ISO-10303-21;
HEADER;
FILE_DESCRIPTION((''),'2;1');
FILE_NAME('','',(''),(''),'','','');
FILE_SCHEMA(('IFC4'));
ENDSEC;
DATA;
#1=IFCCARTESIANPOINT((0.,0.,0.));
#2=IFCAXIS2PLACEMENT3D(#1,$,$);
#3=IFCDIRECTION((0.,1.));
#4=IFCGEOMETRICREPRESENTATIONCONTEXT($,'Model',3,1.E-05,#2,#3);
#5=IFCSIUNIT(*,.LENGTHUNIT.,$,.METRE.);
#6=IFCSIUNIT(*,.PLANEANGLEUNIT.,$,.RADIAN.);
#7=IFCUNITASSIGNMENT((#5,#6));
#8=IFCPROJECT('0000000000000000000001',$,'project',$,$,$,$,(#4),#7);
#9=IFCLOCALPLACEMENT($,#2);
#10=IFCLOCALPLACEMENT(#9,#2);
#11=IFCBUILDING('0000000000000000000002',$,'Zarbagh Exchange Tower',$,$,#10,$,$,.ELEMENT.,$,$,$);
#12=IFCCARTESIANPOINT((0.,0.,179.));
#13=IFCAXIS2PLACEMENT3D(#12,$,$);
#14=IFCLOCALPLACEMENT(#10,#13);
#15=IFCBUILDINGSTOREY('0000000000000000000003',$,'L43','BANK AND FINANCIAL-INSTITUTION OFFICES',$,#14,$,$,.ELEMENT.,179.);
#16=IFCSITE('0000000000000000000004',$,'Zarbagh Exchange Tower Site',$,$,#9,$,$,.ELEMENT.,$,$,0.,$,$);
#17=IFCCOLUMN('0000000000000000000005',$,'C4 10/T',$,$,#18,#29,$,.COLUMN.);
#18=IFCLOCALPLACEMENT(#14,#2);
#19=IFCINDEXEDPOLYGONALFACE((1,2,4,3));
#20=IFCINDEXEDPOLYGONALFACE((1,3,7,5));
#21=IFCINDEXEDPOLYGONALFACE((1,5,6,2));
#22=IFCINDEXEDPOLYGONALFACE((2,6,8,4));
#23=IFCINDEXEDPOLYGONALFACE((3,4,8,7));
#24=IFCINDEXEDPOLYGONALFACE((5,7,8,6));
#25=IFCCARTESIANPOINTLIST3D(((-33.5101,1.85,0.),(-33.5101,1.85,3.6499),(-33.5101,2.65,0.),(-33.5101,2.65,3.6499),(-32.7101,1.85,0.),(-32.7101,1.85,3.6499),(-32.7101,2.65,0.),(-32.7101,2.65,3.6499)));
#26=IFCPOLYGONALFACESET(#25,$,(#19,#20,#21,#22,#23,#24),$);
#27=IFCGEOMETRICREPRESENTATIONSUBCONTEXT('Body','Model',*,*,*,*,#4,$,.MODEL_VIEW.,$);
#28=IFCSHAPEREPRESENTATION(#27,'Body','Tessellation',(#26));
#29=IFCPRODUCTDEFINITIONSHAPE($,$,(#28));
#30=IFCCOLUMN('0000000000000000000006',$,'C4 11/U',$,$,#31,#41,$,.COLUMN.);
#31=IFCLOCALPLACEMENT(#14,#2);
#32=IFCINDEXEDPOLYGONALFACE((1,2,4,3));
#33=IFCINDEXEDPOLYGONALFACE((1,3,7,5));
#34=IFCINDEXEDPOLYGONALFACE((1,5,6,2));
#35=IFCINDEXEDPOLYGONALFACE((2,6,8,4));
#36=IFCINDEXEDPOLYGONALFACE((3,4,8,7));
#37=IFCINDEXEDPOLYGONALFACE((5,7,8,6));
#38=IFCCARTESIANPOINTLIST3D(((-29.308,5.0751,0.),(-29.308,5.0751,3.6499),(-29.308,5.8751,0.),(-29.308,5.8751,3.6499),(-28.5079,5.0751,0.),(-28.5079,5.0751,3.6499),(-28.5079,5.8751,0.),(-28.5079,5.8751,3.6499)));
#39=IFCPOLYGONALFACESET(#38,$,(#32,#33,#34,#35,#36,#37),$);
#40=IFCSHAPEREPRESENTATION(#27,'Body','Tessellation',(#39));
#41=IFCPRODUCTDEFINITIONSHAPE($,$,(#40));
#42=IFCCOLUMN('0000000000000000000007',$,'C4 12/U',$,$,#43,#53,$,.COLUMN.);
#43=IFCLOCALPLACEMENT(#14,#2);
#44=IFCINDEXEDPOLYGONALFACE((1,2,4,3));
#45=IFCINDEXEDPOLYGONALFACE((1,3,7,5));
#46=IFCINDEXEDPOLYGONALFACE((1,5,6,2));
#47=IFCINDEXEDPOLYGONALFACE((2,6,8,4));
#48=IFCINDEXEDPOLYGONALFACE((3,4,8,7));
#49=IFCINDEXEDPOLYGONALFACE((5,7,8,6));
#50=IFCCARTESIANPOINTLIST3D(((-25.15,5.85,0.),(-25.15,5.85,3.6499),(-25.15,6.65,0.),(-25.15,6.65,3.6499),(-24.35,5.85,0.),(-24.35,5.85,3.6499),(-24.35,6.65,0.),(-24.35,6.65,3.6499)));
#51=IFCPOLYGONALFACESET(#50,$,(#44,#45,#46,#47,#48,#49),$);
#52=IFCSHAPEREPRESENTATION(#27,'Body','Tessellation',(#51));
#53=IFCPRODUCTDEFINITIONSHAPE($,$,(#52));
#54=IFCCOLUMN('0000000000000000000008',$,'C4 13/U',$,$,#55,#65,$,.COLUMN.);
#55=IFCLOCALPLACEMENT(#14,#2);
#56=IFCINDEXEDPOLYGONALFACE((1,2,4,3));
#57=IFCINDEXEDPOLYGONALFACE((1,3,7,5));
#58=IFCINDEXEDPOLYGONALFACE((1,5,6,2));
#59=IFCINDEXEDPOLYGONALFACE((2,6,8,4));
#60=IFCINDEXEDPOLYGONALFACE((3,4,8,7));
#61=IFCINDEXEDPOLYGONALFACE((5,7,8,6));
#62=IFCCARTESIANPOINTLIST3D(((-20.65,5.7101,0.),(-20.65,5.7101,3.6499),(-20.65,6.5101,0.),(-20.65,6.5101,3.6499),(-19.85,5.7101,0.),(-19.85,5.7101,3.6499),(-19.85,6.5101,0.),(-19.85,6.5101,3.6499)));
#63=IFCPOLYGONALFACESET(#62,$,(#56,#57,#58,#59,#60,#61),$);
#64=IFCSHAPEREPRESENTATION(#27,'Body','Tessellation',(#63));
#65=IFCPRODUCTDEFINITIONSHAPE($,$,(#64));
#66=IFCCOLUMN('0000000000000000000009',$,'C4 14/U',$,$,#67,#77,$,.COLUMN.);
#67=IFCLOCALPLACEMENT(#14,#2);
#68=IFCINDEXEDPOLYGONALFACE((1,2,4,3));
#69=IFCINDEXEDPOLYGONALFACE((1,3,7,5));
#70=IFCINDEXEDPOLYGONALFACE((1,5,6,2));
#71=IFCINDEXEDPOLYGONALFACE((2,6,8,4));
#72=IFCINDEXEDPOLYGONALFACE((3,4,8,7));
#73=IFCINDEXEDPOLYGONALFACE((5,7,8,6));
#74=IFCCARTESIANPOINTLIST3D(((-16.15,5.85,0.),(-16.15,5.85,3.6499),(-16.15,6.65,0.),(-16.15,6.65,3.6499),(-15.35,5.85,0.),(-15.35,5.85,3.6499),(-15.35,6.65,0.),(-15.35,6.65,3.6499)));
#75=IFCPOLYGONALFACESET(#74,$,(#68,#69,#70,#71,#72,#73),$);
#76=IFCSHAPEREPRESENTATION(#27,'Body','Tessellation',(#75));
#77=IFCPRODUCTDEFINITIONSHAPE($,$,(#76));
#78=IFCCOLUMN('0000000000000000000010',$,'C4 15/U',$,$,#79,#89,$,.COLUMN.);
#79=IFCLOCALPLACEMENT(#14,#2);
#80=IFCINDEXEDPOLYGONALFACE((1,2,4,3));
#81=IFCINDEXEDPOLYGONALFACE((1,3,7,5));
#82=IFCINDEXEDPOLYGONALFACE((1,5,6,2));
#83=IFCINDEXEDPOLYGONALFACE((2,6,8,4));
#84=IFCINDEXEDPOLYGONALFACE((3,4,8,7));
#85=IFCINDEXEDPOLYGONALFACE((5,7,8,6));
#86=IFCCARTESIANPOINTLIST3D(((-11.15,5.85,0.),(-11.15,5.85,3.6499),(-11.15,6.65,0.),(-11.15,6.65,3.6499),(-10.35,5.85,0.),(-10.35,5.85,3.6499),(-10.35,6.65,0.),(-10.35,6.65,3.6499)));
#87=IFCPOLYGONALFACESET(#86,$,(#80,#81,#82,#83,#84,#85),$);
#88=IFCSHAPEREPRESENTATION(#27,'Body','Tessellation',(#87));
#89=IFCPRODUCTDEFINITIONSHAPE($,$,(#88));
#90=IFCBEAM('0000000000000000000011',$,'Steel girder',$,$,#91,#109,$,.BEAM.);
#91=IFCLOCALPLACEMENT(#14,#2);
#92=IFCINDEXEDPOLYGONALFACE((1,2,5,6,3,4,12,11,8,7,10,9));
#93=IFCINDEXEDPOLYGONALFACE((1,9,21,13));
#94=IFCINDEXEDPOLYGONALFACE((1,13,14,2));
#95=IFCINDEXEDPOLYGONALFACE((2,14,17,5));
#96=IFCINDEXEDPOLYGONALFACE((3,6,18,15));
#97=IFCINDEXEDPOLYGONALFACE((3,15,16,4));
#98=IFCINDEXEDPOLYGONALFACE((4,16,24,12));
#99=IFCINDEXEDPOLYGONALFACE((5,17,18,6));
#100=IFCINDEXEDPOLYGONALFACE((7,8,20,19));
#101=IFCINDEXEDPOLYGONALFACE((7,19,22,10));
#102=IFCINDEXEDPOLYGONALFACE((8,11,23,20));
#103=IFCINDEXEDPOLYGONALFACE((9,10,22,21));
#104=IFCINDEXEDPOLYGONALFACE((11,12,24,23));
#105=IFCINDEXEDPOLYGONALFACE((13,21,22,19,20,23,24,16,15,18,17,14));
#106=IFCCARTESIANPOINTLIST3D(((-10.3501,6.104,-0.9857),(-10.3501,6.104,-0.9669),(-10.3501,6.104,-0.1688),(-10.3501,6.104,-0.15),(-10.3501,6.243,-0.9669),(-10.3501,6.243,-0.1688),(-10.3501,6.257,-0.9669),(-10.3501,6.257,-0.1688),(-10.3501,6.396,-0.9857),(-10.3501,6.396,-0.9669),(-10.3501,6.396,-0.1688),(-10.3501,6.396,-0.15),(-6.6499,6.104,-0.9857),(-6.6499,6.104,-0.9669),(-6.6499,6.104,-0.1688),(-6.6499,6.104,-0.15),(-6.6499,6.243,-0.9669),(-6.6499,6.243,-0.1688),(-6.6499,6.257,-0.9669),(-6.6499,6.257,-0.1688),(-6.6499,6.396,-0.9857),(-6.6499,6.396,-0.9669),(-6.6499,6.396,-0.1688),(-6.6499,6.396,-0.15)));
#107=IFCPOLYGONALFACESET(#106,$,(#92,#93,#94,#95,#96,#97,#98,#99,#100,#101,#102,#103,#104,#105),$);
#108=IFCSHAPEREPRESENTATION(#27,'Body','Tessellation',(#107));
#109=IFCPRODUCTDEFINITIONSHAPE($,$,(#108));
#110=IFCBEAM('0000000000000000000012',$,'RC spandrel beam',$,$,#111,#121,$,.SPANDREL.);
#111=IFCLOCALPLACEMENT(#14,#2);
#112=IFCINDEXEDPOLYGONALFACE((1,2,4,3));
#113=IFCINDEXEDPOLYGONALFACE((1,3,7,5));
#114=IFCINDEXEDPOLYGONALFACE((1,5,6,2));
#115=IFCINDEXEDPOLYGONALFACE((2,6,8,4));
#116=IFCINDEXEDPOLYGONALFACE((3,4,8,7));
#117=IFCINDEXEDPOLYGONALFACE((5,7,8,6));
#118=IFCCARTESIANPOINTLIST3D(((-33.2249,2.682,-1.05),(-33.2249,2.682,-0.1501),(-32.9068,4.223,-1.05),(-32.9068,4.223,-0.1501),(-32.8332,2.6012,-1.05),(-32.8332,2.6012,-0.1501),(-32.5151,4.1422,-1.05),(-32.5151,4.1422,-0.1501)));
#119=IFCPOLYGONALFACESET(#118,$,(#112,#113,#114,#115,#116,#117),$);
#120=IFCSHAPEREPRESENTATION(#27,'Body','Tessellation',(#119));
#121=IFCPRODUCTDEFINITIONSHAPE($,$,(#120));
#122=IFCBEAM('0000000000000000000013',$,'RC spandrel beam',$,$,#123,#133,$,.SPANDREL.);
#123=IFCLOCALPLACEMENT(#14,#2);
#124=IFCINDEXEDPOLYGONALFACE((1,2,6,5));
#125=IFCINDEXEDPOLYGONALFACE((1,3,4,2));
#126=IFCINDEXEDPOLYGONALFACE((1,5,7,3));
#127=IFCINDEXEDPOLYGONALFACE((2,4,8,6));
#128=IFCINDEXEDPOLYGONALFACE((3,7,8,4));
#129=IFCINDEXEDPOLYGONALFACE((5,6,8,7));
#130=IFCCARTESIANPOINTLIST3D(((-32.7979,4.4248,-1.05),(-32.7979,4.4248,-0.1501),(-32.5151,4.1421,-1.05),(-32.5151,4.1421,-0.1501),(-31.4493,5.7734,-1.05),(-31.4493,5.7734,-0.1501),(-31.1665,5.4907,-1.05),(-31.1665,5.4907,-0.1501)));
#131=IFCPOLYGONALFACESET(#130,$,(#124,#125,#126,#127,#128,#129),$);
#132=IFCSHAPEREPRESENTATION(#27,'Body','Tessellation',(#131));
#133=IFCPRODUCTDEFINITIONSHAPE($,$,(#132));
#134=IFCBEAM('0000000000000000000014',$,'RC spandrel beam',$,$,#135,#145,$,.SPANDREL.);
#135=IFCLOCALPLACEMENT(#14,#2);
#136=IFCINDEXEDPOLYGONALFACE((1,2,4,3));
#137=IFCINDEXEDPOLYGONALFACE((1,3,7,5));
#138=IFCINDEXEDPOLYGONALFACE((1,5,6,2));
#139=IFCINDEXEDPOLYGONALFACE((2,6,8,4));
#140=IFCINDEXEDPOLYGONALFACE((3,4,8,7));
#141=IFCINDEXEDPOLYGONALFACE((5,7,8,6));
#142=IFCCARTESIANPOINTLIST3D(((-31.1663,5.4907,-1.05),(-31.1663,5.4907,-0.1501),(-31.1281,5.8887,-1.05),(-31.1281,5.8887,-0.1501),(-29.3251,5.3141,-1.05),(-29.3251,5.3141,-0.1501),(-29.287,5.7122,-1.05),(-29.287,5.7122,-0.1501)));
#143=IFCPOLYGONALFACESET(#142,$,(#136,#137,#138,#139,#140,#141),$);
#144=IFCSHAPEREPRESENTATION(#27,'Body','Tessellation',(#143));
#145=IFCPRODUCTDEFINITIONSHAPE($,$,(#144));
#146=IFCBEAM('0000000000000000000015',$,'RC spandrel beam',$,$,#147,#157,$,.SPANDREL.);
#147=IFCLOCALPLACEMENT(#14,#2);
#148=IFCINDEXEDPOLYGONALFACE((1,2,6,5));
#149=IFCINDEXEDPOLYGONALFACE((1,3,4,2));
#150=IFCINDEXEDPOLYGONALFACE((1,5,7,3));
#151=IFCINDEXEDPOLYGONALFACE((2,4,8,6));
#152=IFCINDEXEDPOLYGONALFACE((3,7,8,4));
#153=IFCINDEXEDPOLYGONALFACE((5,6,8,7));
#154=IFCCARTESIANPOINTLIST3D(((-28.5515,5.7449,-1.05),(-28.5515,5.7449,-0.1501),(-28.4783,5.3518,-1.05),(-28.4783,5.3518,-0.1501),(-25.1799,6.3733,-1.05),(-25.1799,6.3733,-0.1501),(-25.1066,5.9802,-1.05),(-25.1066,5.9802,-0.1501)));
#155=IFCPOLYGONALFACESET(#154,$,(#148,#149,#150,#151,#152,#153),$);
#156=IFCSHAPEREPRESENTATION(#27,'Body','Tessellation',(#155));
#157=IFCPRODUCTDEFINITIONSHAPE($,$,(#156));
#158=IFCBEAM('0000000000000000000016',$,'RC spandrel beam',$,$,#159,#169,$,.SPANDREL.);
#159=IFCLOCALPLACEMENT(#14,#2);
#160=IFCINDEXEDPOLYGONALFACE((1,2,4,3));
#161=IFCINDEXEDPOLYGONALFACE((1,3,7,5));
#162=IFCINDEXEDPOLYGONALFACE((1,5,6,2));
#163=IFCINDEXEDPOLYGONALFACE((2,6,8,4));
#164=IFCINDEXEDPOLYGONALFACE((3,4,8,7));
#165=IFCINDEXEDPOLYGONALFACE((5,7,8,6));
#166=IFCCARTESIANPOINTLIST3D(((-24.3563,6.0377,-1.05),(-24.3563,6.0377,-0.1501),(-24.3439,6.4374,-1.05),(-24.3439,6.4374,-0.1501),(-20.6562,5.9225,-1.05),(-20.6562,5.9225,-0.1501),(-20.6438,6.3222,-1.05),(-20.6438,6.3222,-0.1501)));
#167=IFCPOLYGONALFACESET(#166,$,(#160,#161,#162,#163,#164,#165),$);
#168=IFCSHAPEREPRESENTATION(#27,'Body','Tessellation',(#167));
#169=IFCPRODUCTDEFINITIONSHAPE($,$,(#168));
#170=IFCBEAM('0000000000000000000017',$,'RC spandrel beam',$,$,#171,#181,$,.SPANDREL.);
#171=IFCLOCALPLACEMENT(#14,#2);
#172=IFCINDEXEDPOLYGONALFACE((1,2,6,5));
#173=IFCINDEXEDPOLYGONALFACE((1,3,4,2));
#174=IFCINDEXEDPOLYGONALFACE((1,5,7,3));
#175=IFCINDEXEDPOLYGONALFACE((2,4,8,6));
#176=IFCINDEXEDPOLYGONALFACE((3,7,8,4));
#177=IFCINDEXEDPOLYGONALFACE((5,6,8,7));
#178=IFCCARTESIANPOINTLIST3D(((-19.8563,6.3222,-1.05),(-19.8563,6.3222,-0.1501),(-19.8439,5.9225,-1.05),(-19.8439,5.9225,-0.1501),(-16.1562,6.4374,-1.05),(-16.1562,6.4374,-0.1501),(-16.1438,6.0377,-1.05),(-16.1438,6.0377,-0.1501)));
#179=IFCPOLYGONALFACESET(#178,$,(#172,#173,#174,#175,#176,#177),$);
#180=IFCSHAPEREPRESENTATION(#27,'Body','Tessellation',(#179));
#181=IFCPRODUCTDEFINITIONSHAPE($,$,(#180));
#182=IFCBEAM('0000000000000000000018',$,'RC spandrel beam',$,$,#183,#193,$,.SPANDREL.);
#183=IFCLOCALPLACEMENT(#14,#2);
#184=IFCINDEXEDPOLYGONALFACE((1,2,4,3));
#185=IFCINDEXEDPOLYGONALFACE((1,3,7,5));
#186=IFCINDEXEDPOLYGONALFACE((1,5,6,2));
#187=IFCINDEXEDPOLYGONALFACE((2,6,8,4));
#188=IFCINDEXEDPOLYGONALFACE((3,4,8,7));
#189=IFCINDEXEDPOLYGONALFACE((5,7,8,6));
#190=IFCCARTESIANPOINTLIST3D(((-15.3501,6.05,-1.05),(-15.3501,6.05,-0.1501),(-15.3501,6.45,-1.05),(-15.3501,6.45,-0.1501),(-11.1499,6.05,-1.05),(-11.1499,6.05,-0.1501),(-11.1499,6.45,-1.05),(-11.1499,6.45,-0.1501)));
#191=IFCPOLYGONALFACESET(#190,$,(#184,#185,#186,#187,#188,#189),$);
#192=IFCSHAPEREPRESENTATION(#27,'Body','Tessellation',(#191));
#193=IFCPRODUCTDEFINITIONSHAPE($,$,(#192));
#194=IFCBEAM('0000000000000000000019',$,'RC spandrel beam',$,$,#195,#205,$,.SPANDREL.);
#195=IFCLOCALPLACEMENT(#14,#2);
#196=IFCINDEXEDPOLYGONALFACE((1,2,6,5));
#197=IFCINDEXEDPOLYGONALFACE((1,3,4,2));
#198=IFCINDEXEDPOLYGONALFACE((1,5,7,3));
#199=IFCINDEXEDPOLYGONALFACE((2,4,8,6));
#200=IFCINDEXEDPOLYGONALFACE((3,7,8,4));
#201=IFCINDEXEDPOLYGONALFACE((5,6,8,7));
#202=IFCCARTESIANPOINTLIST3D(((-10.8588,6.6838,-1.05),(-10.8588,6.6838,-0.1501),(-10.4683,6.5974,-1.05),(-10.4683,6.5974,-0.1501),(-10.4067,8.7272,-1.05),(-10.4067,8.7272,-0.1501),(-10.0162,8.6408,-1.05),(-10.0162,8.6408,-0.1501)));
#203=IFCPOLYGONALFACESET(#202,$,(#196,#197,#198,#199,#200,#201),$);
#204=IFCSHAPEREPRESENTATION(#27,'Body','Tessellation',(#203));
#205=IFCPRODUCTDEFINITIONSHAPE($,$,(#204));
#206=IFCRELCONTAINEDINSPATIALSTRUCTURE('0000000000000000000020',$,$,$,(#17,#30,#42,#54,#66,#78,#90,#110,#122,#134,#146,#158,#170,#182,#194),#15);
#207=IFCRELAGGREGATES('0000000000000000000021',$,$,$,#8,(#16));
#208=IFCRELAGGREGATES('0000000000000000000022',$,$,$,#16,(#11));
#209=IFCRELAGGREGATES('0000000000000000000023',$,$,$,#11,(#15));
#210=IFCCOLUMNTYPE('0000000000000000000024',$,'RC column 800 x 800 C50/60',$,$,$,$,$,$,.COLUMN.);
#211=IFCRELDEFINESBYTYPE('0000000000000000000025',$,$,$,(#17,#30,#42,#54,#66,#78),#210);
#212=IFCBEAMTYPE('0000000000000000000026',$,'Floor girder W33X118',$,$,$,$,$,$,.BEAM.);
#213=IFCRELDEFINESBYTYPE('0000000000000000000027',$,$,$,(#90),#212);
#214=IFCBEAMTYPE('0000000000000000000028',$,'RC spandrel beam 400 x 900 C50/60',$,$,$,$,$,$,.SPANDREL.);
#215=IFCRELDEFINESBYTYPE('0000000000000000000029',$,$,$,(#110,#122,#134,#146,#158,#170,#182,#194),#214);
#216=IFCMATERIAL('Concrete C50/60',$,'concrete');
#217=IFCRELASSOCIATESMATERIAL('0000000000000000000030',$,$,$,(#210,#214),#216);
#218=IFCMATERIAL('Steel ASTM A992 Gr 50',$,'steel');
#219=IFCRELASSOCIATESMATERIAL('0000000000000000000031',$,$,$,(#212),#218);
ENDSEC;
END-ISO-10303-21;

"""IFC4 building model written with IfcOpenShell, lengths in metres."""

from ifc_helpers import new_model, si_unit, direction, frame, origin, origin_2d, place, context, subcontext, project, spatial, rectangle, i_section, extrude, material, material_profile, profile_set, type_object, element, save


model = new_model("IFC4")

# Units and contexts
model_context = context("Model", 3, precision=1e-05, world=origin(), true_north=direction((0.0, 1.0)))
body_context = subcontext(model_context, "Body", "Model", "MODEL_VIEW")
ifc_project = project(units=[si_unit("LENGTHUNIT", "METRE"), si_unit("PLANEANGLEUNIT", "RADIAN")], contexts=[model_context])

# Site, building, storey
site_placement = place(None, origin())
site = spatial("IfcSite", under=ifc_project, at=site_placement, Name="Zarbagh Exchange Tower Site", CompositionType="ELEMENT", RefElevation=0.0)
building_placement = place(site_placement, origin())
building = spatial("IfcBuilding", under=site, at=building_placement, Name="Zarbagh Exchange Tower", CompositionType="ELEMENT")
storey_placement = place(building_placement, frame((0.0, 0.0, 179.0)))
storey = spatial("IfcBuildingStorey", under=building, at=storey_placement, Name="L43", Description="BANK AND FINANCIAL-INSTITUTION OFFICES", CompositionType="ELEMENT", Elevation=179.0)

# Columns
ifc_material_1 = material(Name="Concrete C50/60", Category="concrete")
ifc_material_profile_1 = material_profile(ifc_material_1, rectangle(XDim=0.8, YDim=0.8, at=origin_2d()), Name="RC column 800 x 800 C50/60")
ifc_profile_set_1 = profile_set([ifc_material_profile_1], Name="Concrete C50/60")
column_type = type_object("IfcColumnType", Name="RC column 800 x 800 C50/60", PredefinedType="COLUMN", material=ifc_profile_set_1)
for number, where, z_axis, x_axis, name in (
    (1, (-33.1101, 2.25, 0.0), (0.0, 0.0, 1.0), (1.0, 0.0, 0.0), "C4 10/T"),
    (2, (-28.908, 5.4751, 0.0), (0.0, 0.0, 1.0), (1.0, 0.0, 0.0), "C4 11/U"),
    (3, (-24.75, 6.25, 0.0), (0.0, 0.0, 1.0), (1.0, 0.0, 0.0), "C4 12/U"),
    (4, (-20.25, 6.1101, 0.0), (0.0, 0.0, 1.0), (1.0, 0.0, 0.0), "C4 13/U"),
    (5, (-15.75, 6.25, 0.0), (0.0, 0.0, 1.0), (1.0, 0.0, 0.0), "C4 14/U"),
    (6, (-10.75, 6.25, 0.0), (0.0, 0.0, 1.0), (1.0, 0.0, 0.0), "C4 15/U"),
):
    element("IfcColumn", number, at=place(storey_placement, frame(where, z_axis=z_axis, x_axis=x_axis)), inside=storey, type_object=column_type, Name=name, PredefinedType="COLUMN", context=body_context, shape_type="SweptSolid", body=[
        extrude(rectangle(XDim=0.8, YDim=0.8, at=origin_2d()), origin(), (0.0, 0.0, 1.0), 3.6499),
    ])

# Beams
ifc_material_2 = material(Name="Steel ASTM A992 Gr 50", Category="steel")
ifc_material_profile_2 = material_profile(ifc_material_2, i_section(OverallWidth=0.292, OverallDepth=0.8357, WebThickness=0.0139, FlangeThickness=0.0188, at=origin_2d()), Name="W33X118")
ifc_profile_set_2 = profile_set([ifc_material_profile_2], Name="Steel ASTM A992 Gr 50")
beam_type_1 = type_object("IfcBeamType", Name="Floor girder W33X118", PredefinedType="BEAM", material=ifc_profile_set_2)
beam_1_placement = place(storey_placement, frame((-10.3501, 6.25, -0.5679), z_axis=(1.0, 0.0, 0.0), x_axis=(0.0, 1.0, 0.0)))
element("IfcBeam", 7, at=beam_1_placement, inside=storey, type_object=beam_type_1, Name="Steel girder", PredefinedType="BEAM", context=body_context, shape_type="SweptSolid", body=[
    extrude(i_section(OverallWidth=0.292, OverallDepth=0.8357, WebThickness=0.0139, FlangeThickness=0.0188, at=origin_2d()), origin(), (0.0, 0.0, 1.0), 3.7002),
])
ifc_material_profile_3 = material_profile(ifc_material_1, rectangle(XDim=0.3999, YDim=0.8999, at=origin_2d()), Name="RC spandrel beam 400 x 900 C50/60")
ifc_profile_set_3 = profile_set([ifc_material_profile_3], Name="Concrete C50/60")
beam_type_2 = type_object("IfcBeamType", Name="RC spandrel beam 400 x 900 C50/60", PredefinedType="SPANDREL", material=ifc_profile_set_3)
beam_2_placement = place(storey_placement, frame((-33.0291, 2.6416, -0.6001), z_axis=(0.202169, 0.979351, 0.0), x_axis=(-0.979351, 0.202169, 0.0)))
element("IfcBeam", 8, at=beam_2_placement, inside=storey, type_object=beam_type_2, Name="RC spandrel beam", PredefinedType="SPANDREL", context=body_context, shape_type="SweptSolid", body=[
    extrude(rectangle(XDim=0.3999, YDim=0.8999, at=origin_2d()), origin(), (0.0, 0.0, 1.0), 1.5735),
])
beam_3_placement = place(storey_placement, frame((-32.6565, 4.2834, -0.6001), z_axis=(0.707107, 0.707107, 0.0), x_axis=(-0.707107, 0.707107, 0.0)))
element("IfcBeam", 9, at=beam_3_placement, inside=storey, type_object=beam_type_2, Name="RC spandrel beam", PredefinedType="SPANDREL", context=body_context, shape_type="SweptSolid", body=[
    extrude(rectangle(XDim=0.3999, YDim=0.8999, at=origin_2d()), origin(), (0.0, 0.0, 1.0), 1.9072),
])
beam_4_placement = place(storey_placement, frame((-31.1472, 5.6897, -0.6001), z_axis=(0.995435, -0.095438, 0.0), x_axis=(0.095438, 0.995435, 0.0)))
element("IfcBeam", 10, at=beam_4_placement, inside=storey, type_object=beam_type_2, Name="RC spandrel beam", PredefinedType="SPANDREL", context=body_context, shape_type="SweptSolid", body=[
    extrude(rectangle(XDim=0.3999, YDim=0.8999, at=origin_2d()), origin(), (0.0, 0.0, 1.0), 1.8496),
])
beam_5_placement = place(storey_placement, frame((-28.5149, 5.5483, -0.6001), z_axis=(0.98307, 0.183231, 0.0), x_axis=(-0.183231, 0.98307, 0.0)))
element("IfcBeam", 11, at=beam_5_placement, inside=storey, type_object=beam_type_2, Name="RC spandrel beam", PredefinedType="SPANDREL", context=body_context, shape_type="SweptSolid", body=[
    extrude(rectangle(XDim=0.3999, YDim=0.8999, at=origin_2d()), origin(), (0.0, 0.0, 1.0), 3.4297),
])
for number, where, z_axis, x_axis, name in (
    (12, (-24.3501, 6.2375, -0.6001), (0.999515, -0.031128, 0.0), (0.031128, 0.999515, 0.0), "RC spandrel beam"),
    (13, (-19.8501, 6.1223, -0.6001), (0.999515, 0.031128, 0.0), (-0.031128, 0.999515, 0.0), "RC spandrel beam"),
):
    element("IfcBeam", number, at=place(storey_placement, frame(where, z_axis=z_axis, x_axis=x_axis)), inside=storey, type_object=beam_type_2, Name=name, PredefinedType="SPANDREL", context=body_context, shape_type="SweptSolid", body=[
        extrude(rectangle(XDim=0.3999, YDim=0.8999, at=origin_2d()), origin(), (0.0, 0.0, 1.0), 3.7019),
    ])
beam_6_placement = place(storey_placement, frame((-15.3501, 6.25, -0.6001), z_axis=(1.0, 0.0, 0.0), x_axis=(0.0, 1.0, 0.0)))
element("IfcBeam", 14, at=beam_6_placement, inside=storey, type_object=beam_type_2, Name="RC spandrel beam", PredefinedType="SPANDREL", context=body_context, shape_type="SweptSolid", body=[
    extrude(rectangle(XDim=0.3999, YDim=0.8999, at=origin_2d()), origin(), (0.0, 0.0, 1.0), 4.2002),
])
beam_7_placement = place(storey_placement, frame((-10.6636, 6.6406, -0.6001), z_axis=(0.216041, 0.976384, 0.0), x_axis=(-0.976384, 0.216041, 0.0)))
element("IfcBeam", 15, at=beam_7_placement, inside=storey, type_object=beam_type_2, Name="RC spandrel beam", PredefinedType="SPANDREL", context=body_context, shape_type="SweptSolid", body=[
    extrude(rectangle(XDim=0.3999, YDim=0.8999, at=origin_2d()), origin(), (0.0, 0.0, 1.0), 2.0928),
])

save(model, "model.ifc")
